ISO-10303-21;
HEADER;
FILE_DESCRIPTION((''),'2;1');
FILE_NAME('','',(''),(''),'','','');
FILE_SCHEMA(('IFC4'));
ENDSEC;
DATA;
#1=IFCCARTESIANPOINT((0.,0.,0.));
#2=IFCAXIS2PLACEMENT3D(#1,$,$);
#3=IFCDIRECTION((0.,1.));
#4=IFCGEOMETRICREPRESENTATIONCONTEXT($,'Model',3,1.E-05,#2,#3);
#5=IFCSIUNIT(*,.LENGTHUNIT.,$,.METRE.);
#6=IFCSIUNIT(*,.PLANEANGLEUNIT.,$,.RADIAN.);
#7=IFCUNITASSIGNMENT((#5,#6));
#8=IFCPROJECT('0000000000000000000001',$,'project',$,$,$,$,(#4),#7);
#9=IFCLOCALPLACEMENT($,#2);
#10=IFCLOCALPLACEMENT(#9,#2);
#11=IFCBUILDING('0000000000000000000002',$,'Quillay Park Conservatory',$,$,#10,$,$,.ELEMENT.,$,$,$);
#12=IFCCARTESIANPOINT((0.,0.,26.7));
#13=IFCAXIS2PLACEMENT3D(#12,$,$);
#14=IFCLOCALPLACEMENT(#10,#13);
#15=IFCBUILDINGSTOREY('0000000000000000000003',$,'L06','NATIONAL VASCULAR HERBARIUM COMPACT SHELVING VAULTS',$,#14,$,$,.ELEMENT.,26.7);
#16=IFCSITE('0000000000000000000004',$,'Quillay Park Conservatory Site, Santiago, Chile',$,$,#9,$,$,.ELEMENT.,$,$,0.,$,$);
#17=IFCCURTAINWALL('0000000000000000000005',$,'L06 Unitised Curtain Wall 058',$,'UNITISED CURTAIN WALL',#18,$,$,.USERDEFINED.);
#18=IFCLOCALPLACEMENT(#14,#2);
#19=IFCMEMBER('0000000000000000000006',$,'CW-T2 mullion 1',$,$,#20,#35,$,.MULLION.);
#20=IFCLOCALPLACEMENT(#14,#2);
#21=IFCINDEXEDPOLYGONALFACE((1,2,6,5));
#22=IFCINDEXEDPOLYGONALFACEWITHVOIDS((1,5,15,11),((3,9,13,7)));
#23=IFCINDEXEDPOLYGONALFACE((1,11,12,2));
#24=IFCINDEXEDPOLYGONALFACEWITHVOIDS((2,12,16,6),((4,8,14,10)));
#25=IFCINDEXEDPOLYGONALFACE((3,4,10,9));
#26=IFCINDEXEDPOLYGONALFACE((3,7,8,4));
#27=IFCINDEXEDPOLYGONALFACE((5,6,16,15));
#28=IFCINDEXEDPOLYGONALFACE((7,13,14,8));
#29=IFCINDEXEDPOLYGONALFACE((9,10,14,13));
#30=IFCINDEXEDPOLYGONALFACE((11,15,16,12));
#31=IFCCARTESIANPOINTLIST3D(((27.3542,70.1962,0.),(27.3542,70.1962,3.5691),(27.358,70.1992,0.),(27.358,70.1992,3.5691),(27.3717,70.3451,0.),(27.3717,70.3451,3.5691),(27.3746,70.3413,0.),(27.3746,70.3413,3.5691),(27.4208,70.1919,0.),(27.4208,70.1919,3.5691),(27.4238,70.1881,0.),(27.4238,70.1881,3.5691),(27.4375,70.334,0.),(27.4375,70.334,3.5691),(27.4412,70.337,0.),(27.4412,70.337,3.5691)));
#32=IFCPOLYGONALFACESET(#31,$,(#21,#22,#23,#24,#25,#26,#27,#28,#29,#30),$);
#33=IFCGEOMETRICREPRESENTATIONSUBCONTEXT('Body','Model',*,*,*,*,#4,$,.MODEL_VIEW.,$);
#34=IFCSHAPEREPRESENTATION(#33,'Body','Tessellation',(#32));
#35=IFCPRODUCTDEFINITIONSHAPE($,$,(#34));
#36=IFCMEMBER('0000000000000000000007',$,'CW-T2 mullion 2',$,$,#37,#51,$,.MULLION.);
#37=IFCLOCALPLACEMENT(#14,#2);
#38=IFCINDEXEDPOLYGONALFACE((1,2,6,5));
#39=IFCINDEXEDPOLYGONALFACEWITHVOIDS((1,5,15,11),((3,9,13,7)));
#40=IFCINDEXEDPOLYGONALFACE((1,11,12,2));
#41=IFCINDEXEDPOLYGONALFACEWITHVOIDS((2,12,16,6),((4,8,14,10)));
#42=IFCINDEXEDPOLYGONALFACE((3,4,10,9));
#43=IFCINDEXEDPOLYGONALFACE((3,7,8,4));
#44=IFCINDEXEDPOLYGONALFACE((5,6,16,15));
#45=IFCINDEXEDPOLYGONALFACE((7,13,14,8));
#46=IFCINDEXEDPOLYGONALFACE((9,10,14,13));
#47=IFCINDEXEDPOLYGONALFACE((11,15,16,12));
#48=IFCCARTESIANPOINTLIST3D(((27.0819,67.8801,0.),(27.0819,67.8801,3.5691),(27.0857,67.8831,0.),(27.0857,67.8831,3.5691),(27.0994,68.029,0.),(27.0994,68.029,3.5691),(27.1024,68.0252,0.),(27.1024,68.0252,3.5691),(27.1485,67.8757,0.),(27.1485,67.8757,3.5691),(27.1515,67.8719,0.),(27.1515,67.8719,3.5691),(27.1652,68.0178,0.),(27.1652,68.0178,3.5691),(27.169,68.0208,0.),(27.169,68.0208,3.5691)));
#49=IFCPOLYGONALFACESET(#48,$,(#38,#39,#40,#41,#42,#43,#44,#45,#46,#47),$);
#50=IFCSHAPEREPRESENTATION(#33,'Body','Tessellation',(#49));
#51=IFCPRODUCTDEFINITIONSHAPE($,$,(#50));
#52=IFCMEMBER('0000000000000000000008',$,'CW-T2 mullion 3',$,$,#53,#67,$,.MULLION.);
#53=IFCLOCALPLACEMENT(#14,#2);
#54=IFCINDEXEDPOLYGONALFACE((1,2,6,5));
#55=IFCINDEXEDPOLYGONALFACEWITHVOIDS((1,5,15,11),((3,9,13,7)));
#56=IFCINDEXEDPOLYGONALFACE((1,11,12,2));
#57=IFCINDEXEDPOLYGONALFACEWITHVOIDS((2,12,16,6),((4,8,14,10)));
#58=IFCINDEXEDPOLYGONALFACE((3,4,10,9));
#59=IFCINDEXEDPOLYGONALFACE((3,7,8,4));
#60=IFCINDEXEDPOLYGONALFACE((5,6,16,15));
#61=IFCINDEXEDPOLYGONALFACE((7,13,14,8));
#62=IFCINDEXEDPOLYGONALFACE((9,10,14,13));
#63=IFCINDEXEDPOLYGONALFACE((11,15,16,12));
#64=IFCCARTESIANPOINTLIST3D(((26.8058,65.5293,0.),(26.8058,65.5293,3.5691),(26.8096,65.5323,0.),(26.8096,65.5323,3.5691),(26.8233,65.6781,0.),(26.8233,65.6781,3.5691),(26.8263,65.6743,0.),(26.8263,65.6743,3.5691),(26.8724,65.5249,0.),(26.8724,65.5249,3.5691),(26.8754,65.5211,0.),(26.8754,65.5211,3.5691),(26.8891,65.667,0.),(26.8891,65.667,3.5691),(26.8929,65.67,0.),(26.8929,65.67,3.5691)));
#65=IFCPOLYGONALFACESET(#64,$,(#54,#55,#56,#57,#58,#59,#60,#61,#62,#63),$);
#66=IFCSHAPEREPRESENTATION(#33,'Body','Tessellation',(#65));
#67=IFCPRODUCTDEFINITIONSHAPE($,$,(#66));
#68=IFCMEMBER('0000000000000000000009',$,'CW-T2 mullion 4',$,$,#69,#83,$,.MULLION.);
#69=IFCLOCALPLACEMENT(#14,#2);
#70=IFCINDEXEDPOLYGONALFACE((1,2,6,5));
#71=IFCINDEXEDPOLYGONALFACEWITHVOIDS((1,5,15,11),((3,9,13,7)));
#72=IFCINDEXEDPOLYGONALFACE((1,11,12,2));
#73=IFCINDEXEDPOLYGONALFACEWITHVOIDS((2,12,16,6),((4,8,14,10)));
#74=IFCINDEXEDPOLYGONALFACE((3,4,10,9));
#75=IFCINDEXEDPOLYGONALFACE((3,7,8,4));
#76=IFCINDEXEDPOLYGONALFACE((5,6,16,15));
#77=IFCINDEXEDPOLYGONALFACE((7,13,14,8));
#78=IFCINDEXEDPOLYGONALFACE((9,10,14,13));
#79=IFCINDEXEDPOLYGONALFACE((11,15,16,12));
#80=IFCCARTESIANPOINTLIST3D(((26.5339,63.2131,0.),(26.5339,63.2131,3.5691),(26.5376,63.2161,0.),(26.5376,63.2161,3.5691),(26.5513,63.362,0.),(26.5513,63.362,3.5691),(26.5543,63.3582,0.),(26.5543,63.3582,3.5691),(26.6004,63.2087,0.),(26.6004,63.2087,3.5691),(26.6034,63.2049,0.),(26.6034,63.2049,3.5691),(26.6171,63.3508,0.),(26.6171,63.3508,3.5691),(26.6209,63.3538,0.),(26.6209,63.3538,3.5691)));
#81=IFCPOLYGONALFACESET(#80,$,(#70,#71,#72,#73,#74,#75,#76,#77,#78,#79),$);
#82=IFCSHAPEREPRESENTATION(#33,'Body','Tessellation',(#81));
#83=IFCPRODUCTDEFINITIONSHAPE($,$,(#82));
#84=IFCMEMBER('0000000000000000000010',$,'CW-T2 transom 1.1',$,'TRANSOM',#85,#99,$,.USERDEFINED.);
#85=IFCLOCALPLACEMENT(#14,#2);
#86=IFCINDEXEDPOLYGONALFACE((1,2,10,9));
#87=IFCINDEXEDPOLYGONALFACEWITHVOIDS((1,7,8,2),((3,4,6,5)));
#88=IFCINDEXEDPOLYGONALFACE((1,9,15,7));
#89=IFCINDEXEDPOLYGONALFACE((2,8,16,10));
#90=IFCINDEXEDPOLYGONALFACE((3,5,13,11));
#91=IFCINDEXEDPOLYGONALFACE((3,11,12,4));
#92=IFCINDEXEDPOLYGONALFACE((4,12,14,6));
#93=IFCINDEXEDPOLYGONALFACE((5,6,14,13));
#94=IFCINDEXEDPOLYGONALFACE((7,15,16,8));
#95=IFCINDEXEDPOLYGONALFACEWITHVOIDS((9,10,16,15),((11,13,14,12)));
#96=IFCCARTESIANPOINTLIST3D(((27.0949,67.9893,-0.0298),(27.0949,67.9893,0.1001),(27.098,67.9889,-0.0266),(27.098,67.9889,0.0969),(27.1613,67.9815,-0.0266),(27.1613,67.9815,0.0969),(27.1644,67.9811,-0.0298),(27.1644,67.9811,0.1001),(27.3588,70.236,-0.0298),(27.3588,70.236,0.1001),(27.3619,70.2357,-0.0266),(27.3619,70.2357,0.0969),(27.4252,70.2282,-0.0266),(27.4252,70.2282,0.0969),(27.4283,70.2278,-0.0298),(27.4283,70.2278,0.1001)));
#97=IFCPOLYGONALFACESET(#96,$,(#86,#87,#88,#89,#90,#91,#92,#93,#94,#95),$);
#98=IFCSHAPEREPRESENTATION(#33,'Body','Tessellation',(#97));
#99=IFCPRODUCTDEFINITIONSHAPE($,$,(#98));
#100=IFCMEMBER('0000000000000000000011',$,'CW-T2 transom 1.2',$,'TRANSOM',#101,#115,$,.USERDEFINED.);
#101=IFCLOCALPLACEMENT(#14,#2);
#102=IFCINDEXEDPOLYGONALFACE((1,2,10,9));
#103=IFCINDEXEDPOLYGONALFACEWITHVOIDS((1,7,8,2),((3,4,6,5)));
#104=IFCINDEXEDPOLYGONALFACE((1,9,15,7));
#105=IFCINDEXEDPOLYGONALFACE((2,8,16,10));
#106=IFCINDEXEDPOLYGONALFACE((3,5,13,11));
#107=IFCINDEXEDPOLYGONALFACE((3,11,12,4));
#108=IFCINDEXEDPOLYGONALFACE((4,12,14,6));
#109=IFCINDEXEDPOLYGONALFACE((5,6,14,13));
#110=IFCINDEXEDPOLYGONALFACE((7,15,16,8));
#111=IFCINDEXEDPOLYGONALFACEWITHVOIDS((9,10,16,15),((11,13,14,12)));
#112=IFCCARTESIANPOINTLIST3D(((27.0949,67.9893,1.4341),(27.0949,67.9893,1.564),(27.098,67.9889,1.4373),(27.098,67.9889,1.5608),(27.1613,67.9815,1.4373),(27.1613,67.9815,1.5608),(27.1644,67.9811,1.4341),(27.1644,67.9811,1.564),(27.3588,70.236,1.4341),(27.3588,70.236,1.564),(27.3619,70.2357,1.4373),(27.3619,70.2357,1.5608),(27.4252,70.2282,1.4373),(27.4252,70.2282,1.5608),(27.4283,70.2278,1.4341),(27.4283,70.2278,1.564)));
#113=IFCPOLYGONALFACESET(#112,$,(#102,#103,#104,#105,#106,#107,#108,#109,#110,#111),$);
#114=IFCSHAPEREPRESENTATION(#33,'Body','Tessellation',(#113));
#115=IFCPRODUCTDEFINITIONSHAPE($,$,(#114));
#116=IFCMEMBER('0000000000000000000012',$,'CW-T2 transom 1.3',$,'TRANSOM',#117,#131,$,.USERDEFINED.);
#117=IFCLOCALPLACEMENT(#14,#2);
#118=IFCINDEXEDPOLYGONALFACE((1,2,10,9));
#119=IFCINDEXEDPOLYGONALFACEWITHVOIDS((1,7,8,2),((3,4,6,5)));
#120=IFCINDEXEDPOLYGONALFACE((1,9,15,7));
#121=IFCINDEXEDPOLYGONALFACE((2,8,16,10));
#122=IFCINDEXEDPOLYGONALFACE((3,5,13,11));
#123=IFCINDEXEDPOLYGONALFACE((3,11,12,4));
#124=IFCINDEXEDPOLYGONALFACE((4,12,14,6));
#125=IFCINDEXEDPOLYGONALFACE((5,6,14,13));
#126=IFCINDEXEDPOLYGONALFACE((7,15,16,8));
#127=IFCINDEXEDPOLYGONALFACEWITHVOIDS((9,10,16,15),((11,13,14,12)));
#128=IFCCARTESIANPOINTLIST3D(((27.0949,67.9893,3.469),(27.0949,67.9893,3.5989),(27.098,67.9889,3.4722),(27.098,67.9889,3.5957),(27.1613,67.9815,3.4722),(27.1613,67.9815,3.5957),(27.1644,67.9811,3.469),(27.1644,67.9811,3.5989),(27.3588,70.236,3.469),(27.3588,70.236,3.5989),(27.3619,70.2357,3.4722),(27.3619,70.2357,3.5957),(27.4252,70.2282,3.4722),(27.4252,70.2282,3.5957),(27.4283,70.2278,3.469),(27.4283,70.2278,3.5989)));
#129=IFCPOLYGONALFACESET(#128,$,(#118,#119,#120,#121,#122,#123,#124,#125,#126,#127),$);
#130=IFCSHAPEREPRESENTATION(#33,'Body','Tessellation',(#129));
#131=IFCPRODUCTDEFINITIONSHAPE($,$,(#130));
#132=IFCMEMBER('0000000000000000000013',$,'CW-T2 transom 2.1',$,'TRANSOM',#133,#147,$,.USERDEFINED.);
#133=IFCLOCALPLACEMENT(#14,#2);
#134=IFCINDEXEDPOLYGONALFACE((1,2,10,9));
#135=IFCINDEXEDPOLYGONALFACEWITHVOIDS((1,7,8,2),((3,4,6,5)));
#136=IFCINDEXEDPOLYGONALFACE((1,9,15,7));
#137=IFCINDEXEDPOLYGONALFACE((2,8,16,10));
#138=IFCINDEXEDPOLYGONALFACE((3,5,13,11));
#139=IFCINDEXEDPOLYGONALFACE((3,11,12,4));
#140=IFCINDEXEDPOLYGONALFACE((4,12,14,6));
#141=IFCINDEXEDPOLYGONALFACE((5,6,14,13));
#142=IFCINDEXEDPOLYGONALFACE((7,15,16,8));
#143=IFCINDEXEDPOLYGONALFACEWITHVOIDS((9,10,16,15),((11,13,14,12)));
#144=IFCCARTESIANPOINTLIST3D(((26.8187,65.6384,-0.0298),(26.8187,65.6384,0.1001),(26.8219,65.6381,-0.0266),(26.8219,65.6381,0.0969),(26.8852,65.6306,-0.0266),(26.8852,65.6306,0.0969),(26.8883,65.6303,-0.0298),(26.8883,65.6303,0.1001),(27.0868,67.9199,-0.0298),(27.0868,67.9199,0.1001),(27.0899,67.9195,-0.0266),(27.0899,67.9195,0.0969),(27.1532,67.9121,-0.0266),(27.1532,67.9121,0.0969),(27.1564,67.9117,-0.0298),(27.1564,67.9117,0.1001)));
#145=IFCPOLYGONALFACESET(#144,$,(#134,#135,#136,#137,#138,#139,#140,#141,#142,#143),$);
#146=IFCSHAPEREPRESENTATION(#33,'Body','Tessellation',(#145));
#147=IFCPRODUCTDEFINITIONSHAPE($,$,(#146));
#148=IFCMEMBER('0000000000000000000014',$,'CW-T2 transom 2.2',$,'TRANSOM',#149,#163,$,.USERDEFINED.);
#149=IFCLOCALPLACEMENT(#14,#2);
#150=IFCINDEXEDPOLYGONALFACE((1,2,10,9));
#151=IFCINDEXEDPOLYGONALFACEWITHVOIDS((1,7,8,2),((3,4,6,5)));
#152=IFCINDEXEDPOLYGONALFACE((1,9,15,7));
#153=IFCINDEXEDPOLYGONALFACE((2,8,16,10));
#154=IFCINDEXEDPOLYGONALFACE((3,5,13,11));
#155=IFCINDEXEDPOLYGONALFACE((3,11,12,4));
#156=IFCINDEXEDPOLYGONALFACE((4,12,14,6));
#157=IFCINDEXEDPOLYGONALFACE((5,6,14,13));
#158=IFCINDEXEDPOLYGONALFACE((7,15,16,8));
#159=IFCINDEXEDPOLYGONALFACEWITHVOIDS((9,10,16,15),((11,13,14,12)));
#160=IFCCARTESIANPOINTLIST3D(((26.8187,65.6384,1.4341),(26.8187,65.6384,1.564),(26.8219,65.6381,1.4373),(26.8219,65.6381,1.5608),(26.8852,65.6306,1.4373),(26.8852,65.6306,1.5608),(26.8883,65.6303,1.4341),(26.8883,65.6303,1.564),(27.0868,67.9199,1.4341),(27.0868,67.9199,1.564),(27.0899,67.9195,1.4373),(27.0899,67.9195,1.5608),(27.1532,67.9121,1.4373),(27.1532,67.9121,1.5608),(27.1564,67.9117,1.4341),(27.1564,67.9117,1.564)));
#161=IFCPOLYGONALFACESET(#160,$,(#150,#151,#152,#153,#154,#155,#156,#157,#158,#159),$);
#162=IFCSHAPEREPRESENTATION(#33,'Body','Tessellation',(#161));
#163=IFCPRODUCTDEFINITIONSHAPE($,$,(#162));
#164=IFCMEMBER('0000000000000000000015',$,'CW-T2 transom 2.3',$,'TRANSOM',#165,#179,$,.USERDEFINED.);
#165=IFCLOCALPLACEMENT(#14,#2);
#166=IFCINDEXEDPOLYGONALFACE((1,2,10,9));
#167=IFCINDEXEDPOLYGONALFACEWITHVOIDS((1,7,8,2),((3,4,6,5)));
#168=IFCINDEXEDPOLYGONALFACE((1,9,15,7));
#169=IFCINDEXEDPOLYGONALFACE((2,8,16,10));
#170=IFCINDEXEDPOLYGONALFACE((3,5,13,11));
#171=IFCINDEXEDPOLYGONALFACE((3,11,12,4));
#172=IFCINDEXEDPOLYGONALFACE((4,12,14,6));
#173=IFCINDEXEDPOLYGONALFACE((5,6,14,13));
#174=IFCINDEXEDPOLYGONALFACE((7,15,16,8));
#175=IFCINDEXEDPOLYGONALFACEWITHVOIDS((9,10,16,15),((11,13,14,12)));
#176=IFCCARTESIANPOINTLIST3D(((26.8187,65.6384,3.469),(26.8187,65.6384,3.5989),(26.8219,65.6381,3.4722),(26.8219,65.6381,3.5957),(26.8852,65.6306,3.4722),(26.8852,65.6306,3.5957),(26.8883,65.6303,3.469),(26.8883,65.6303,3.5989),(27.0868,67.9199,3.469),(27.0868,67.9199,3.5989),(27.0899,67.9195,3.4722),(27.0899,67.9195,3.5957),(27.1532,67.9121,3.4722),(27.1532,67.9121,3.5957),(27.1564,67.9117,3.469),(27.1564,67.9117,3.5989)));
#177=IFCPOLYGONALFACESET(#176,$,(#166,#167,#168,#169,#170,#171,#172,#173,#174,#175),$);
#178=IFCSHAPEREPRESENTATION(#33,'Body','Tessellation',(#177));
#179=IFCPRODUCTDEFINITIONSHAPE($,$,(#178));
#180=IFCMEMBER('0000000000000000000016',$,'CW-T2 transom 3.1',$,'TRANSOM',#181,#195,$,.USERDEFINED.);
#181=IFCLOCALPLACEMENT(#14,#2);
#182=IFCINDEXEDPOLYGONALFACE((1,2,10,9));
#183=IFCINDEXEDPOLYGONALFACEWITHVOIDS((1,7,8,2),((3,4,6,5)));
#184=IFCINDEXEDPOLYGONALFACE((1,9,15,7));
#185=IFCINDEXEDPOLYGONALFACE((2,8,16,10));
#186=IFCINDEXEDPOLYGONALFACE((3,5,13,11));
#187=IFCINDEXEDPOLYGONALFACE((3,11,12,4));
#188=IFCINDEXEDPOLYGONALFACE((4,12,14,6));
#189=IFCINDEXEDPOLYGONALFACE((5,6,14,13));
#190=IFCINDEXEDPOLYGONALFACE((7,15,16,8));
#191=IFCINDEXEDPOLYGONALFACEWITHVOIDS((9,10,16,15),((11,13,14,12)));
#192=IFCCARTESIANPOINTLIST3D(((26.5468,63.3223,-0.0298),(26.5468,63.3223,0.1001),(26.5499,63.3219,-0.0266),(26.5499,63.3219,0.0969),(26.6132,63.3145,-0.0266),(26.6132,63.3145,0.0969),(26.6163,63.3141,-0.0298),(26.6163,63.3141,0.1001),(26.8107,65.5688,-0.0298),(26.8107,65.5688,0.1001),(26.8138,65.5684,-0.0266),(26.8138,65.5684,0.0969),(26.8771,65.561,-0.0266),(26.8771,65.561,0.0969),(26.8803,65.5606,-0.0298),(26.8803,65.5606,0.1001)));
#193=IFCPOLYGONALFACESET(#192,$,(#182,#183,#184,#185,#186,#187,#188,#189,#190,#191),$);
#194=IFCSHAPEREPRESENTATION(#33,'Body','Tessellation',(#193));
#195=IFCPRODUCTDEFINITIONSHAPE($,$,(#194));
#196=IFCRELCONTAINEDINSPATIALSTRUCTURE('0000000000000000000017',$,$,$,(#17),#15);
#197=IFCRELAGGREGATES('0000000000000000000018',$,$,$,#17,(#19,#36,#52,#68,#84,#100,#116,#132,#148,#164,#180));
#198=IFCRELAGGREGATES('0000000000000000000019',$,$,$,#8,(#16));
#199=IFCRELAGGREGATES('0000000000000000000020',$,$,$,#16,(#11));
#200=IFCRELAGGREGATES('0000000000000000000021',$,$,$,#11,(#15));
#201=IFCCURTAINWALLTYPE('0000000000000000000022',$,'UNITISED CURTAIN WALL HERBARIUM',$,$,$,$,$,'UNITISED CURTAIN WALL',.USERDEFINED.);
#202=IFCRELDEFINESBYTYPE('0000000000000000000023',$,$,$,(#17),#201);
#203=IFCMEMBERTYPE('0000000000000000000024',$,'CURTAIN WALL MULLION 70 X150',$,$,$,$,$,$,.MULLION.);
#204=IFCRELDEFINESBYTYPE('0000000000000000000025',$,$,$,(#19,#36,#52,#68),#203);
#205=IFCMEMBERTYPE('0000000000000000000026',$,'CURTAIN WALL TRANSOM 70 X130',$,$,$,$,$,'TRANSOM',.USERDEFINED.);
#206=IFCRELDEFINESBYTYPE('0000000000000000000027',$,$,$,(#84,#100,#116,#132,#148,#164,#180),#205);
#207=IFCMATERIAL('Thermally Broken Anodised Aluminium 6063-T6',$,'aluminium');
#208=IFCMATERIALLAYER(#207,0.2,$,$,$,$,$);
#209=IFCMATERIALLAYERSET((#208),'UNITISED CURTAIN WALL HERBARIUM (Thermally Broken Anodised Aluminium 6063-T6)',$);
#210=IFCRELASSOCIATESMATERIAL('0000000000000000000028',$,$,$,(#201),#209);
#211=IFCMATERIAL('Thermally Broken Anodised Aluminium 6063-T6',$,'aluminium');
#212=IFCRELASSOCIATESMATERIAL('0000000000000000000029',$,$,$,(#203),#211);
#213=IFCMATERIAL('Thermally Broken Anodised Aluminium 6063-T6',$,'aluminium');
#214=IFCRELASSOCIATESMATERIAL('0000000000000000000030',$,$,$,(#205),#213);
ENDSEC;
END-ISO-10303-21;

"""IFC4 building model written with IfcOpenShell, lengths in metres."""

from ifc_helpers import new_model, si_unit, direction, frame, origin, origin_2d, place, context, subcontext, project, spatial, hollow_rectangle, extrude, material, layer, layer_set, material_profile, profile_set, type_object, element, aggregate, save


model = new_model("IFC4")

# Units and contexts
model_context = context("Model", 3, precision=1e-05, world=origin(), true_north=direction((0.0, 1.0)))
body_context = subcontext(model_context, "Body", "Model", "MODEL_VIEW")
ifc_project = project(units=[si_unit("LENGTHUNIT", "METRE"), si_unit("PLANEANGLEUNIT", "RADIAN")], contexts=[model_context])

# Site, building, storey
site_placement = place(None, origin())
site = spatial("IfcSite", under=ifc_project, at=site_placement, Name="Quillay Park Conservatory Site, Santiago, Chile", CompositionType="ELEMENT", RefElevation=0.0)
building_placement = place(site_placement, origin())
building = spatial("IfcBuilding", under=site, at=building_placement, Name="Quillay Park Conservatory", CompositionType="ELEMENT")
storey_placement = place(building_placement, frame((0.0, 0.0, 26.7)))
storey = spatial("IfcBuildingStorey", under=building, at=storey_placement, Name="L06", Description="NATIONAL VASCULAR HERBARIUM COMPACT SHELVING VAULTS", CompositionType="ELEMENT", Elevation=26.7)

# Curtain wall, members
ifc_material_1 = material(Name="Thermally Broken Anodised Aluminium 6063-T6", Category="aluminium")
ifc_layer_1 = layer(ifc_material_1, 0.2)
ifc_layer_set_1 = layer_set([ifc_layer_1], Name="UNITISED CURTAIN WALL HERBARIUM (Thermally Broken Anodised Aluminium 6063-T6)")
curtain_wall_type = type_object("IfcCurtainWallType", Name="UNITISED CURTAIN WALL HERBARIUM", ElementType="UNITISED CURTAIN WALL", PredefinedType="USERDEFINED", material=ifc_layer_set_1)
curtain_wall_placement = place(storey_placement, origin())
curtain_wall = element("IfcCurtainWall", 1, at=curtain_wall_placement, inside=storey, type_object=curtain_wall_type, Name="L06 Unitised Curtain Wall 058", ObjectType="UNITISED CURTAIN WALL", PredefinedType="USERDEFINED")
ifc_material_2 = material(Name="Thermally Broken Anodised Aluminium 6063-T6", Category="aluminium")
ifc_material_profile_1 = material_profile(ifc_material_2, hollow_rectangle(XDim=0.0701, YDim=0.1499, WallThickness=0.0034, at=origin_2d()), Name="AL70x150x3.5")
ifc_profile_set_1 = profile_set([ifc_material_profile_1], Name="Thermally Broken Anodised Aluminium 6063-T6")
member_type_1 = type_object("IfcMemberType", Name="CURTAIN WALL MULLION 70 X150", PredefinedType="MULLION", material=ifc_profile_set_1)
member_1_placement = place(storey_placement, frame((27.3977, 70.2666, 0.0), z_axis=(0.0, 0.0, 1.0), x_axis=(0.993173, -0.116655, 0.0)))
member_1 = element("IfcMember", 2, at=member_1_placement, type_object=member_type_1, Name="CW-T2 mullion 1", PredefinedType="MULLION", context=body_context, shape_type="SweptSolid", body=[
    extrude(hollow_rectangle(XDim=0.0701, YDim=0.1499, WallThickness=0.0034, at=origin_2d()), origin(), (0.0, 0.0, 1.0), 3.5691),
])
member_2_placement = place(storey_placement, frame((27.1255, 67.9504, 0.0), z_axis=(0.0, 0.0, 1.0), x_axis=(0.993173, -0.116655, 0.0)))
member_2 = element("IfcMember", 3, at=member_2_placement, type_object=member_type_1, Name="CW-T2 mullion 2", PredefinedType="MULLION", context=body_context, shape_type="SweptSolid", body=[
    extrude(hollow_rectangle(XDim=0.0701, YDim=0.1499, WallThickness=0.0034, at=origin_2d()), origin(), (0.0, 0.0, 1.0), 3.5691),
])
member_3_placement = place(storey_placement, frame((26.8494, 65.5996, 0.0), z_axis=(0.0, 0.0, 1.0), x_axis=(0.993173, -0.116655, 0.0)))
member_3 = element("IfcMember", 4, at=member_3_placement, type_object=member_type_1, Name="CW-T2 mullion 3", PredefinedType="MULLION", context=body_context, shape_type="SweptSolid", body=[
    extrude(hollow_rectangle(XDim=0.0701, YDim=0.1499, WallThickness=0.0034, at=origin_2d()), origin(), (0.0, 0.0, 1.0), 3.5691),
])
member_4_placement = place(storey_placement, frame((26.5774, 63.2834, 0.0), z_axis=(0.0, 0.0, 1.0), x_axis=(0.993173, -0.116655, 0.0)))
member_4 = element("IfcMember", 5, at=member_4_placement, type_object=member_type_1, Name="CW-T2 mullion 4", PredefinedType="MULLION", context=body_context, shape_type="SweptSolid", body=[
    extrude(hollow_rectangle(XDim=0.0701, YDim=0.1499, WallThickness=0.0034, at=origin_2d()), origin(), (0.0, 0.0, 1.0), 3.5691),
])
ifc_material_3 = material(Name="Thermally Broken Anodised Aluminium 6063-T6", Category="aluminium")
ifc_material_profile_2 = material_profile(ifc_material_3, hollow_rectangle(XDim=0.0701, YDim=0.1299, WallThickness=0.0032, at=origin_2d()), Name="AL70x130x3.2")
ifc_profile_set_2 = profile_set([ifc_material_profile_2], Name="Thermally Broken Anodised Aluminium 6063-T6")
member_type_2 = type_object("IfcMemberType", Name="CURTAIN WALL TRANSOM 70 X130", ElementType="TRANSOM", PredefinedType="USERDEFINED", material=ifc_profile_set_2)
member_5_placement = place(storey_placement, frame((27.3936, 70.2319, 0.0352), z_axis=(-0.11666, -0.993172, 0.0), x_axis=(0.993172, -0.11666, 0.0)))
member_5 = element("IfcMember", 6, at=member_5_placement, type_object=member_type_2, Name="CW-T2 transom 1.1", ObjectType="TRANSOM", PredefinedType="USERDEFINED", context=body_context, shape_type="SweptSolid", body=[
    extrude(hollow_rectangle(XDim=0.0701, YDim=0.1299, WallThickness=0.0032, at=origin_2d()), origin(), (0.0, 0.0, 1.0), 2.2622),
])
member_6_placement = place(storey_placement, frame((27.3936, 70.2319, 1.499), z_axis=(-0.11666, -0.993172, 0.0), x_axis=(0.993172, -0.11666, 0.0)))
member_6 = element("IfcMember", 7, at=member_6_placement, type_object=member_type_2, Name="CW-T2 transom 1.2", ObjectType="TRANSOM", PredefinedType="USERDEFINED", context=body_context, shape_type="SweptSolid", body=[
    extrude(hollow_rectangle(XDim=0.0701, YDim=0.1299, WallThickness=0.0032, at=origin_2d()), origin(), (0.0, 0.0, 1.0), 2.2622),
])
member_7_placement = place(storey_placement, frame((27.3936, 70.2319, 3.5339), z_axis=(-0.11666, -0.993172, 0.0), x_axis=(0.993172, -0.11666, 0.0)))
member_7 = element("IfcMember", 8, at=member_7_placement, type_object=member_type_2, Name="CW-T2 transom 1.3", ObjectType="TRANSOM", PredefinedType="USERDEFINED", context=body_context, shape_type="SweptSolid", body=[
    extrude(hollow_rectangle(XDim=0.0701, YDim=0.1299, WallThickness=0.0032, at=origin_2d()), origin(), (0.0, 0.0, 1.0), 2.2622),
])
member_8_placement = place(storey_placement, frame((27.1216, 67.9158, 0.0352), z_axis=(-0.116693, -0.993168, 0.0), x_axis=(0.993168, -0.116693, 0.0)))
member_8 = element("IfcMember", 9, at=member_8_placement, type_object=member_type_2, Name="CW-T2 transom 2.1", ObjectType="TRANSOM", PredefinedType="USERDEFINED", context=body_context, shape_type="SweptSolid", body=[
    extrude(hollow_rectangle(XDim=0.0701, YDim=0.1299, WallThickness=0.0032, at=origin_2d()), origin(), (0.0, 0.0, 1.0), 2.2971),
])
member_9_placement = place(storey_placement, frame((27.1216, 67.9158, 1.499), z_axis=(-0.116693, -0.993168, 0.0), x_axis=(0.993168, -0.116693, 0.0)))
member_9 = element("IfcMember", 10, at=member_9_placement, type_object=member_type_2, Name="CW-T2 transom 2.2", ObjectType="TRANSOM", PredefinedType="USERDEFINED", context=body_context, shape_type="SweptSolid", body=[
    extrude(hollow_rectangle(XDim=0.0701, YDim=0.1299, WallThickness=0.0032, at=origin_2d()), origin(), (0.0, 0.0, 1.0), 2.2971),
])
member_10_placement = place(storey_placement, frame((27.1216, 67.9158, 3.5339), z_axis=(-0.116693, -0.993168, 0.0), x_axis=(0.993168, -0.116693, 0.0)))
member_10 = element("IfcMember", 11, at=member_10_placement, type_object=member_type_2, Name="CW-T2 transom 2.3", ObjectType="TRANSOM", PredefinedType="USERDEFINED", context=body_context, shape_type="SweptSolid", body=[
    extrude(hollow_rectangle(XDim=0.0701, YDim=0.1299, WallThickness=0.0032, at=origin_2d()), origin(), (0.0, 0.0, 1.0), 2.2971),
])
member_11_placement = place(storey_placement, frame((26.8455, 65.5647, 0.0352), z_axis=(-0.116672, -0.99317, 0.0), x_axis=(0.99317, -0.116672, 0.0)))
member_11 = element("IfcMember", 12, at=member_11_placement, type_object=member_type_2, Name="CW-T2 transom 3.1", ObjectType="TRANSOM", PredefinedType="USERDEFINED", context=body_context, shape_type="SweptSolid", body=[
    extrude(hollow_rectangle(XDim=0.0701, YDim=0.1299, WallThickness=0.0032, at=origin_2d()), origin(), (0.0, 0.0, 1.0), 2.262),
])
aggregate(curtain_wall, [member_1, member_2, member_3, member_4, member_5, member_6, member_7, member_8, member_9, member_10, member_11])

save(model, "model.ifc")
